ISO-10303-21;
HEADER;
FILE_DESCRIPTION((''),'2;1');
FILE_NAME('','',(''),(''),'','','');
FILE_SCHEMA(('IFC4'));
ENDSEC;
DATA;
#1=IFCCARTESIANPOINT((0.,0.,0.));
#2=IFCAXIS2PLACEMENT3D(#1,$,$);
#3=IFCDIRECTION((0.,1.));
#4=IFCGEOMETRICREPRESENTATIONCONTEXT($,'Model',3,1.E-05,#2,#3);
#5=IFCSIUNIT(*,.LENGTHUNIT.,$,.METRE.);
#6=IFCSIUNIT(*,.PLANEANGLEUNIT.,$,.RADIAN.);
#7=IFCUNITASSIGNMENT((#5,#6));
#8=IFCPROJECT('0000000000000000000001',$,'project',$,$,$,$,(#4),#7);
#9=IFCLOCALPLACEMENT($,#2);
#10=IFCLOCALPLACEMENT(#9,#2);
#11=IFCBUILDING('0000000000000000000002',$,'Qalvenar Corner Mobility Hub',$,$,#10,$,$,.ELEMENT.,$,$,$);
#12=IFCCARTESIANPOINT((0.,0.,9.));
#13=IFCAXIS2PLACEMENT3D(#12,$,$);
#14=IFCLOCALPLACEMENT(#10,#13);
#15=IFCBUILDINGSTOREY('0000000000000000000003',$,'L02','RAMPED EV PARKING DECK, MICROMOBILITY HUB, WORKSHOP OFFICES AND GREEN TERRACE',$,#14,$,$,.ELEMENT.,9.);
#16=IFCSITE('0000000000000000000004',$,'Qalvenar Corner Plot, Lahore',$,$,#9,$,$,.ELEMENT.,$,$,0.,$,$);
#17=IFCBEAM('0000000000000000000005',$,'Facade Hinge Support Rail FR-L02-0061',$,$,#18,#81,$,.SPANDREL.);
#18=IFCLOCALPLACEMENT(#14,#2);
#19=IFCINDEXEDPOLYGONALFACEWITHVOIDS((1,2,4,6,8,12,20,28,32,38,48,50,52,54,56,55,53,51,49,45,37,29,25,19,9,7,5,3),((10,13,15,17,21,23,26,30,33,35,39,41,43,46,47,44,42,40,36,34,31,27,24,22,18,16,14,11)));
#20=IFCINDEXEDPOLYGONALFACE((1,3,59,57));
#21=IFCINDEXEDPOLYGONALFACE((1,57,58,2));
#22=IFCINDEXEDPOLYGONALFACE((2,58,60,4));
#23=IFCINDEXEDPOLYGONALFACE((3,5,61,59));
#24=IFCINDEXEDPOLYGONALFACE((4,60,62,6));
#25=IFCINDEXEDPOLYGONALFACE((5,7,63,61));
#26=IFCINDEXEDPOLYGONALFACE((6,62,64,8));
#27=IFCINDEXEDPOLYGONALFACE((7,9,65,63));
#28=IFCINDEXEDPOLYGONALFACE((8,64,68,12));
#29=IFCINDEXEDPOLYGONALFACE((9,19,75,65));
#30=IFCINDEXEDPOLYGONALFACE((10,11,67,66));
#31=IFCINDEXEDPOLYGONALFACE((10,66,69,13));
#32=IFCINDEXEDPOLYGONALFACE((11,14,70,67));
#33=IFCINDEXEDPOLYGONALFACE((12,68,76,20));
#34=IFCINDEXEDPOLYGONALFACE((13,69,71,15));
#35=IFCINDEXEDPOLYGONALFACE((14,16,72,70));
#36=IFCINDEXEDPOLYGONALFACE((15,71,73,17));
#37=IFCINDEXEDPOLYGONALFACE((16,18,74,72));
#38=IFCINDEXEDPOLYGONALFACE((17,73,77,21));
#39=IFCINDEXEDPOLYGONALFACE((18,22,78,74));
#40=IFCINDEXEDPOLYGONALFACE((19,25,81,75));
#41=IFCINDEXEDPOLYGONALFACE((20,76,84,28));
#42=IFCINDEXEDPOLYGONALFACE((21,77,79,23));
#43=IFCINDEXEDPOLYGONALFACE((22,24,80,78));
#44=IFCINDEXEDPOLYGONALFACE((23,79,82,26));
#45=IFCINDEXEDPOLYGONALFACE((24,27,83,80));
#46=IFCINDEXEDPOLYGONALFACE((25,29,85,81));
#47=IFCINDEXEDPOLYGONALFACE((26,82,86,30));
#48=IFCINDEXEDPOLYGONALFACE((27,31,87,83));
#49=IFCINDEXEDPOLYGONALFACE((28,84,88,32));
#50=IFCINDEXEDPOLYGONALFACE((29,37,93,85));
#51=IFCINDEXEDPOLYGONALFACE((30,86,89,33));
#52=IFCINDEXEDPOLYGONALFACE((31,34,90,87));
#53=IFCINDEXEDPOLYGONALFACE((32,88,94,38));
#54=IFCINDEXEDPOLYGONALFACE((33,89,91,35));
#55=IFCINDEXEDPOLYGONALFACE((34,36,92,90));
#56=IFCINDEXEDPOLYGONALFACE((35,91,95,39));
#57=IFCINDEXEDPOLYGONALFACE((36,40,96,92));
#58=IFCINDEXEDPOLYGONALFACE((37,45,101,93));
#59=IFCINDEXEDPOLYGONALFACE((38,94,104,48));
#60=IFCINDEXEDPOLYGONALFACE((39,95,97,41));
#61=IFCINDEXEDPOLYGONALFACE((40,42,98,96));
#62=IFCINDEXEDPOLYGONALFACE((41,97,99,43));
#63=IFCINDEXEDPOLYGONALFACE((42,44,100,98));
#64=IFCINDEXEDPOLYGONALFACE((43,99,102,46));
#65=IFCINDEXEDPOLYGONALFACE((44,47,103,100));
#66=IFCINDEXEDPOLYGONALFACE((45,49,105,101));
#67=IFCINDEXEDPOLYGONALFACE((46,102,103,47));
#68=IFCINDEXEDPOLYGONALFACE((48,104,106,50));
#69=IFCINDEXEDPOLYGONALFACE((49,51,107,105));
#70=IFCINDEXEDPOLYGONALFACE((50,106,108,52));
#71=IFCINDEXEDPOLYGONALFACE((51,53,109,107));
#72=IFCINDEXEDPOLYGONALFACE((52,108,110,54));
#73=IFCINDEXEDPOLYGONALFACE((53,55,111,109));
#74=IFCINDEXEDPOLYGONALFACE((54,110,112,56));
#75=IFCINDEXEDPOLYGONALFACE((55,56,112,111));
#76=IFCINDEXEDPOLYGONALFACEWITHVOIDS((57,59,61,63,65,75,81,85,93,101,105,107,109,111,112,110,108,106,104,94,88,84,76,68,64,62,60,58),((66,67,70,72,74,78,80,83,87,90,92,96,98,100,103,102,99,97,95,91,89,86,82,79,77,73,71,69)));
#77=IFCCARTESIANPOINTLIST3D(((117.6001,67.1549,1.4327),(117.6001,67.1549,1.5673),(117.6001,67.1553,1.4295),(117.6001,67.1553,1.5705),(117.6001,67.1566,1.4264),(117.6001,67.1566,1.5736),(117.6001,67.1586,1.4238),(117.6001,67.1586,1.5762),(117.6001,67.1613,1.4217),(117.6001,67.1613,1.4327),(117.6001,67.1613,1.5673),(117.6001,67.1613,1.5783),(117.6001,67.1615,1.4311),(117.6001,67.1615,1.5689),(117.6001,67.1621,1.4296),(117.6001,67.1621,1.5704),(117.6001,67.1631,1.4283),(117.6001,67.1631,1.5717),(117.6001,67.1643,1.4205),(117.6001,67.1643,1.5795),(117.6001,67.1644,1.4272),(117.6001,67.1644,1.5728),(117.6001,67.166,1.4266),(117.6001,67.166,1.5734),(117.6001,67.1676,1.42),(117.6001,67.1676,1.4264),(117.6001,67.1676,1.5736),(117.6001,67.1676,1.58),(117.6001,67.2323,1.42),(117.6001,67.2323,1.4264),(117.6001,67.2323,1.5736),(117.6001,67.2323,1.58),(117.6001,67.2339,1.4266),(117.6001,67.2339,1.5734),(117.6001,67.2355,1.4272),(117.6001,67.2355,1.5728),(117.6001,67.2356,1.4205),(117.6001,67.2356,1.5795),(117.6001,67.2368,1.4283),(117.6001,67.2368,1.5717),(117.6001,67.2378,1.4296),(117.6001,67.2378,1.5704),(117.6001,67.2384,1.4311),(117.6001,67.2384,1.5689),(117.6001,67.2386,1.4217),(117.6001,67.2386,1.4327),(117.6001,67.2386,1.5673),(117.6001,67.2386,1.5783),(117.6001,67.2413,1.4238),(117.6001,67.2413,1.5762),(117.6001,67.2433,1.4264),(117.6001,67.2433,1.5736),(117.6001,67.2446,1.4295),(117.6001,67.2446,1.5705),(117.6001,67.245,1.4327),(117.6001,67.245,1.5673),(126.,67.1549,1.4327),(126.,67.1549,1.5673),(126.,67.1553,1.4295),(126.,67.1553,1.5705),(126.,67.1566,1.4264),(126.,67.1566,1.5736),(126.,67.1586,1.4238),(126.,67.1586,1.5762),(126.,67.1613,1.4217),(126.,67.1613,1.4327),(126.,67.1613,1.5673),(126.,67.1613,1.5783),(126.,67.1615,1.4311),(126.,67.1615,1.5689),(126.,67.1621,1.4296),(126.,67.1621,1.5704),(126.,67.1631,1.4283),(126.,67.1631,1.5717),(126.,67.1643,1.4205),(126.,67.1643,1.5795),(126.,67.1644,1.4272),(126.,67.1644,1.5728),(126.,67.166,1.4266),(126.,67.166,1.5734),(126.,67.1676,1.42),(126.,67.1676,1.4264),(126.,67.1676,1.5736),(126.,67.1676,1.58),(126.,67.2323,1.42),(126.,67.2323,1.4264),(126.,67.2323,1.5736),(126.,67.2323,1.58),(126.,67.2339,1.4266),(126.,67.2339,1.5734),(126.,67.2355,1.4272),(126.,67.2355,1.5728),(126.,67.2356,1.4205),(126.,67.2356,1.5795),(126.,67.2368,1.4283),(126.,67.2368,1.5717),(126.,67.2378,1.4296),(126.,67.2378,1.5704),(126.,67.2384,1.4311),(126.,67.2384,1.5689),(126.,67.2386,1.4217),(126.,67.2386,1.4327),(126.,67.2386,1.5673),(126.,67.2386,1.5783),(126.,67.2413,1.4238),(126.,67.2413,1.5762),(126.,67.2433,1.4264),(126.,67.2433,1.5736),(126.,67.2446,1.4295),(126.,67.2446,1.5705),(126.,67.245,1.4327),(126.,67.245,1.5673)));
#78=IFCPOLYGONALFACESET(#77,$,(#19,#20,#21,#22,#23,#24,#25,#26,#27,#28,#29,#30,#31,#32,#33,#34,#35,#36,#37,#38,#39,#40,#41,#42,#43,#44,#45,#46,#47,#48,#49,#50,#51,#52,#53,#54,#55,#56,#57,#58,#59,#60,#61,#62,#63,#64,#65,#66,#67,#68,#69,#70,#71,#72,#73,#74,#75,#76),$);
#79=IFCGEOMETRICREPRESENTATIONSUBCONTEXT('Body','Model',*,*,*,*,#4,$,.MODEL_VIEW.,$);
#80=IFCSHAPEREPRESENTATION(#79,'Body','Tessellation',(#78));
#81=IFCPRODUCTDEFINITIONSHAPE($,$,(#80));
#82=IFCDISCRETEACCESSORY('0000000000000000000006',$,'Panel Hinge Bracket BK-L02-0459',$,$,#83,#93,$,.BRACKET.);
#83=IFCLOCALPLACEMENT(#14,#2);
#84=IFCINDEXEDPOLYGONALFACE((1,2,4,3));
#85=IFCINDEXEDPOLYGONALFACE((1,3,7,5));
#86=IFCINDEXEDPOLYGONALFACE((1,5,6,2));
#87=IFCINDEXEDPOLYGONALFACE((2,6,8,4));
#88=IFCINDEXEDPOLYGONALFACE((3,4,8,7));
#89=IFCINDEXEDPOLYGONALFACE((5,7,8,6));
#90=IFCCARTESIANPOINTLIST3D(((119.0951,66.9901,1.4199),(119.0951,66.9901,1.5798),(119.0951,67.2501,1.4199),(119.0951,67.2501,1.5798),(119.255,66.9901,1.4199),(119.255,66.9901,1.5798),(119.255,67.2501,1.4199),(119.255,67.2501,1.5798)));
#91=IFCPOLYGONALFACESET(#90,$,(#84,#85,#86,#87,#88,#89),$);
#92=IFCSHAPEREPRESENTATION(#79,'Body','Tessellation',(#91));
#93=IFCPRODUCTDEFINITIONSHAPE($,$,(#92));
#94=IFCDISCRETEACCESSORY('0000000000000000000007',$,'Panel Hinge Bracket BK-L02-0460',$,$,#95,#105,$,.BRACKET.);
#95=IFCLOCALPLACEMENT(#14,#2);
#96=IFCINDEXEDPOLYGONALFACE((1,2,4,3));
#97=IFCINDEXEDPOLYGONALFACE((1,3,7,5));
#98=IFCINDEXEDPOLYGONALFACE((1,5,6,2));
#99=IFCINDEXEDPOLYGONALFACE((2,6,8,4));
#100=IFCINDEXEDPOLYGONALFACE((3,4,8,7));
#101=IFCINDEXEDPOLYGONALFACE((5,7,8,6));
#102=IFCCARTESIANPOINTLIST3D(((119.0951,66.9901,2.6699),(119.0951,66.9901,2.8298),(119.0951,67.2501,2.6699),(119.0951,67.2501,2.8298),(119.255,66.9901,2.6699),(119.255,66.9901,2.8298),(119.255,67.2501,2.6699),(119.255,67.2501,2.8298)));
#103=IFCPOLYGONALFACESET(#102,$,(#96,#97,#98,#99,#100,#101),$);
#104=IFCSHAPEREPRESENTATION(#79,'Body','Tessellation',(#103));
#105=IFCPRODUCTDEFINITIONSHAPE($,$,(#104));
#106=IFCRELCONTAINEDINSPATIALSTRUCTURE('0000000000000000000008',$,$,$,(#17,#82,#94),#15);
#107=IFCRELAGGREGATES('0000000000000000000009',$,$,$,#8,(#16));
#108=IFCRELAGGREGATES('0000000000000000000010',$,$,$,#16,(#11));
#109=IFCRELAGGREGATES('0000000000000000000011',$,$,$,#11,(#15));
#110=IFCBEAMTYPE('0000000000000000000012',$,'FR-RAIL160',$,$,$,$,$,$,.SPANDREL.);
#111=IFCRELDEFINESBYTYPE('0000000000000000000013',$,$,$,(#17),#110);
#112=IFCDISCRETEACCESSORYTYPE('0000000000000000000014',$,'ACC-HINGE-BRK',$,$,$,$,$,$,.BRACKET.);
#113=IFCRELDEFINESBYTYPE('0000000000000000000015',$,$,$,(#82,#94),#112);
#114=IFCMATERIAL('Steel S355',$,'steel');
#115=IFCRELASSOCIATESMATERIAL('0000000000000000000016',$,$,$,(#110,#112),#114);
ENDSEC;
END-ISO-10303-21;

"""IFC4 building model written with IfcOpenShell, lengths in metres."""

from ifc_helpers import new_model, si_unit, direction, frame, origin, origin_2d, place, context, subcontext, project, spatial, rectangle, hollow_rectangle, extrude, material, material_profile, profile_set, type_object, element, save


model = new_model("IFC4")

# Units and contexts
model_context = context("Model", 3, precision=1e-05, world=origin(), true_north=direction((0.0, 1.0)))
body_context = subcontext(model_context, "Body", "Model", "MODEL_VIEW")
ifc_project = project(units=[si_unit("LENGTHUNIT", "METRE"), si_unit("PLANEANGLEUNIT", "RADIAN")], contexts=[model_context])

# Site, building, storey
site_placement = place(None, origin())
site = spatial("IfcSite", under=ifc_project, at=site_placement, Name="Qalvenar Corner Plot, Lahore", CompositionType="ELEMENT", RefElevation=0.0)
building_placement = place(site_placement, origin())
building = spatial("IfcBuilding", under=site, at=building_placement, Name="Qalvenar Corner Mobility Hub", CompositionType="ELEMENT")
storey_placement = place(building_placement, frame((0.0, 0.0, 9.0)))
storey = spatial("IfcBuildingStorey", under=building, at=storey_placement, Name="L02", Description="RAMPED EV PARKING DECK, MICROMOBILITY HUB, WORKSHOP OFFICES AND GREEN TERRACE", CompositionType="ELEMENT", Elevation=9.0)

# Shared definitions
ifc_material = material(Name="Steel S355", Category="steel")

# Beam
ifc_material_profile_1 = material_profile(ifc_material, hollow_rectangle(XDim=0.0901, YDim=0.1599, WallThickness=0.0063, InnerFilletRadius=0.0063, OuterFilletRadius=0.0127, at=origin_2d()), Name="RHS160x90x6.3")
ifc_profile_set_1 = profile_set([ifc_material_profile_1], Name="Steel S355")
beam_type_1 = type_object("IfcBeamType", Name="FR-RAIL160", PredefinedType="SPANDREL", material=ifc_profile_set_1)
beam_1_placement = place(storey_placement, frame((117.6001, 67.2, 1.5), z_axis=(1.0, 0.0, 0.0), x_axis=(0.0, 1.0, 0.0)))
element("IfcBeam", 1, at=beam_1_placement, inside=storey, type_object=beam_type_1, Name="Facade Hinge Support Rail FR-L02-0061", PredefinedType="SPANDREL", context=body_context, shape_type="SweptSolid", body=[
    extrude(hollow_rectangle(XDim=0.0901, YDim=0.1599, WallThickness=0.0063, InnerFilletRadius=0.0063, OuterFilletRadius=0.0127, at=origin_2d()), origin(), (0.0, 0.0, 1.0), 8.3999),
])

# Discrete accessories
discrete_accessory_type = type_object("IfcDiscreteAccessoryType", Name="ACC-HINGE-BRK", PredefinedType="BRACKET", material=ifc_material)
for number, where, z_axis, x_axis, name in (
    (2, (119.175, 67.1201, 1.4199), (0.0, 0.0, 1.0), (1.0, 0.0, 0.0), "Panel Hinge Bracket BK-L02-0459"),
    (3, (119.175, 67.1201, 2.6699), (0.0, 0.0, 1.0), (1.0, 0.0, 0.0), "Panel Hinge Bracket BK-L02-0460"),
):
    element("IfcDiscreteAccessory", number, at=place(storey_placement, frame(where, z_axis=z_axis, x_axis=x_axis)), inside=storey, type_object=discrete_accessory_type, Name=name, PredefinedType="BRACKET", context=body_context, shape_type="SweptSolid", body=[
        extrude(rectangle(XDim=0.1599, YDim=0.26, at=origin_2d()), origin(), (0.0, 0.0, 1.0), 0.1599),
    ])

save(model, "model.ifc")
